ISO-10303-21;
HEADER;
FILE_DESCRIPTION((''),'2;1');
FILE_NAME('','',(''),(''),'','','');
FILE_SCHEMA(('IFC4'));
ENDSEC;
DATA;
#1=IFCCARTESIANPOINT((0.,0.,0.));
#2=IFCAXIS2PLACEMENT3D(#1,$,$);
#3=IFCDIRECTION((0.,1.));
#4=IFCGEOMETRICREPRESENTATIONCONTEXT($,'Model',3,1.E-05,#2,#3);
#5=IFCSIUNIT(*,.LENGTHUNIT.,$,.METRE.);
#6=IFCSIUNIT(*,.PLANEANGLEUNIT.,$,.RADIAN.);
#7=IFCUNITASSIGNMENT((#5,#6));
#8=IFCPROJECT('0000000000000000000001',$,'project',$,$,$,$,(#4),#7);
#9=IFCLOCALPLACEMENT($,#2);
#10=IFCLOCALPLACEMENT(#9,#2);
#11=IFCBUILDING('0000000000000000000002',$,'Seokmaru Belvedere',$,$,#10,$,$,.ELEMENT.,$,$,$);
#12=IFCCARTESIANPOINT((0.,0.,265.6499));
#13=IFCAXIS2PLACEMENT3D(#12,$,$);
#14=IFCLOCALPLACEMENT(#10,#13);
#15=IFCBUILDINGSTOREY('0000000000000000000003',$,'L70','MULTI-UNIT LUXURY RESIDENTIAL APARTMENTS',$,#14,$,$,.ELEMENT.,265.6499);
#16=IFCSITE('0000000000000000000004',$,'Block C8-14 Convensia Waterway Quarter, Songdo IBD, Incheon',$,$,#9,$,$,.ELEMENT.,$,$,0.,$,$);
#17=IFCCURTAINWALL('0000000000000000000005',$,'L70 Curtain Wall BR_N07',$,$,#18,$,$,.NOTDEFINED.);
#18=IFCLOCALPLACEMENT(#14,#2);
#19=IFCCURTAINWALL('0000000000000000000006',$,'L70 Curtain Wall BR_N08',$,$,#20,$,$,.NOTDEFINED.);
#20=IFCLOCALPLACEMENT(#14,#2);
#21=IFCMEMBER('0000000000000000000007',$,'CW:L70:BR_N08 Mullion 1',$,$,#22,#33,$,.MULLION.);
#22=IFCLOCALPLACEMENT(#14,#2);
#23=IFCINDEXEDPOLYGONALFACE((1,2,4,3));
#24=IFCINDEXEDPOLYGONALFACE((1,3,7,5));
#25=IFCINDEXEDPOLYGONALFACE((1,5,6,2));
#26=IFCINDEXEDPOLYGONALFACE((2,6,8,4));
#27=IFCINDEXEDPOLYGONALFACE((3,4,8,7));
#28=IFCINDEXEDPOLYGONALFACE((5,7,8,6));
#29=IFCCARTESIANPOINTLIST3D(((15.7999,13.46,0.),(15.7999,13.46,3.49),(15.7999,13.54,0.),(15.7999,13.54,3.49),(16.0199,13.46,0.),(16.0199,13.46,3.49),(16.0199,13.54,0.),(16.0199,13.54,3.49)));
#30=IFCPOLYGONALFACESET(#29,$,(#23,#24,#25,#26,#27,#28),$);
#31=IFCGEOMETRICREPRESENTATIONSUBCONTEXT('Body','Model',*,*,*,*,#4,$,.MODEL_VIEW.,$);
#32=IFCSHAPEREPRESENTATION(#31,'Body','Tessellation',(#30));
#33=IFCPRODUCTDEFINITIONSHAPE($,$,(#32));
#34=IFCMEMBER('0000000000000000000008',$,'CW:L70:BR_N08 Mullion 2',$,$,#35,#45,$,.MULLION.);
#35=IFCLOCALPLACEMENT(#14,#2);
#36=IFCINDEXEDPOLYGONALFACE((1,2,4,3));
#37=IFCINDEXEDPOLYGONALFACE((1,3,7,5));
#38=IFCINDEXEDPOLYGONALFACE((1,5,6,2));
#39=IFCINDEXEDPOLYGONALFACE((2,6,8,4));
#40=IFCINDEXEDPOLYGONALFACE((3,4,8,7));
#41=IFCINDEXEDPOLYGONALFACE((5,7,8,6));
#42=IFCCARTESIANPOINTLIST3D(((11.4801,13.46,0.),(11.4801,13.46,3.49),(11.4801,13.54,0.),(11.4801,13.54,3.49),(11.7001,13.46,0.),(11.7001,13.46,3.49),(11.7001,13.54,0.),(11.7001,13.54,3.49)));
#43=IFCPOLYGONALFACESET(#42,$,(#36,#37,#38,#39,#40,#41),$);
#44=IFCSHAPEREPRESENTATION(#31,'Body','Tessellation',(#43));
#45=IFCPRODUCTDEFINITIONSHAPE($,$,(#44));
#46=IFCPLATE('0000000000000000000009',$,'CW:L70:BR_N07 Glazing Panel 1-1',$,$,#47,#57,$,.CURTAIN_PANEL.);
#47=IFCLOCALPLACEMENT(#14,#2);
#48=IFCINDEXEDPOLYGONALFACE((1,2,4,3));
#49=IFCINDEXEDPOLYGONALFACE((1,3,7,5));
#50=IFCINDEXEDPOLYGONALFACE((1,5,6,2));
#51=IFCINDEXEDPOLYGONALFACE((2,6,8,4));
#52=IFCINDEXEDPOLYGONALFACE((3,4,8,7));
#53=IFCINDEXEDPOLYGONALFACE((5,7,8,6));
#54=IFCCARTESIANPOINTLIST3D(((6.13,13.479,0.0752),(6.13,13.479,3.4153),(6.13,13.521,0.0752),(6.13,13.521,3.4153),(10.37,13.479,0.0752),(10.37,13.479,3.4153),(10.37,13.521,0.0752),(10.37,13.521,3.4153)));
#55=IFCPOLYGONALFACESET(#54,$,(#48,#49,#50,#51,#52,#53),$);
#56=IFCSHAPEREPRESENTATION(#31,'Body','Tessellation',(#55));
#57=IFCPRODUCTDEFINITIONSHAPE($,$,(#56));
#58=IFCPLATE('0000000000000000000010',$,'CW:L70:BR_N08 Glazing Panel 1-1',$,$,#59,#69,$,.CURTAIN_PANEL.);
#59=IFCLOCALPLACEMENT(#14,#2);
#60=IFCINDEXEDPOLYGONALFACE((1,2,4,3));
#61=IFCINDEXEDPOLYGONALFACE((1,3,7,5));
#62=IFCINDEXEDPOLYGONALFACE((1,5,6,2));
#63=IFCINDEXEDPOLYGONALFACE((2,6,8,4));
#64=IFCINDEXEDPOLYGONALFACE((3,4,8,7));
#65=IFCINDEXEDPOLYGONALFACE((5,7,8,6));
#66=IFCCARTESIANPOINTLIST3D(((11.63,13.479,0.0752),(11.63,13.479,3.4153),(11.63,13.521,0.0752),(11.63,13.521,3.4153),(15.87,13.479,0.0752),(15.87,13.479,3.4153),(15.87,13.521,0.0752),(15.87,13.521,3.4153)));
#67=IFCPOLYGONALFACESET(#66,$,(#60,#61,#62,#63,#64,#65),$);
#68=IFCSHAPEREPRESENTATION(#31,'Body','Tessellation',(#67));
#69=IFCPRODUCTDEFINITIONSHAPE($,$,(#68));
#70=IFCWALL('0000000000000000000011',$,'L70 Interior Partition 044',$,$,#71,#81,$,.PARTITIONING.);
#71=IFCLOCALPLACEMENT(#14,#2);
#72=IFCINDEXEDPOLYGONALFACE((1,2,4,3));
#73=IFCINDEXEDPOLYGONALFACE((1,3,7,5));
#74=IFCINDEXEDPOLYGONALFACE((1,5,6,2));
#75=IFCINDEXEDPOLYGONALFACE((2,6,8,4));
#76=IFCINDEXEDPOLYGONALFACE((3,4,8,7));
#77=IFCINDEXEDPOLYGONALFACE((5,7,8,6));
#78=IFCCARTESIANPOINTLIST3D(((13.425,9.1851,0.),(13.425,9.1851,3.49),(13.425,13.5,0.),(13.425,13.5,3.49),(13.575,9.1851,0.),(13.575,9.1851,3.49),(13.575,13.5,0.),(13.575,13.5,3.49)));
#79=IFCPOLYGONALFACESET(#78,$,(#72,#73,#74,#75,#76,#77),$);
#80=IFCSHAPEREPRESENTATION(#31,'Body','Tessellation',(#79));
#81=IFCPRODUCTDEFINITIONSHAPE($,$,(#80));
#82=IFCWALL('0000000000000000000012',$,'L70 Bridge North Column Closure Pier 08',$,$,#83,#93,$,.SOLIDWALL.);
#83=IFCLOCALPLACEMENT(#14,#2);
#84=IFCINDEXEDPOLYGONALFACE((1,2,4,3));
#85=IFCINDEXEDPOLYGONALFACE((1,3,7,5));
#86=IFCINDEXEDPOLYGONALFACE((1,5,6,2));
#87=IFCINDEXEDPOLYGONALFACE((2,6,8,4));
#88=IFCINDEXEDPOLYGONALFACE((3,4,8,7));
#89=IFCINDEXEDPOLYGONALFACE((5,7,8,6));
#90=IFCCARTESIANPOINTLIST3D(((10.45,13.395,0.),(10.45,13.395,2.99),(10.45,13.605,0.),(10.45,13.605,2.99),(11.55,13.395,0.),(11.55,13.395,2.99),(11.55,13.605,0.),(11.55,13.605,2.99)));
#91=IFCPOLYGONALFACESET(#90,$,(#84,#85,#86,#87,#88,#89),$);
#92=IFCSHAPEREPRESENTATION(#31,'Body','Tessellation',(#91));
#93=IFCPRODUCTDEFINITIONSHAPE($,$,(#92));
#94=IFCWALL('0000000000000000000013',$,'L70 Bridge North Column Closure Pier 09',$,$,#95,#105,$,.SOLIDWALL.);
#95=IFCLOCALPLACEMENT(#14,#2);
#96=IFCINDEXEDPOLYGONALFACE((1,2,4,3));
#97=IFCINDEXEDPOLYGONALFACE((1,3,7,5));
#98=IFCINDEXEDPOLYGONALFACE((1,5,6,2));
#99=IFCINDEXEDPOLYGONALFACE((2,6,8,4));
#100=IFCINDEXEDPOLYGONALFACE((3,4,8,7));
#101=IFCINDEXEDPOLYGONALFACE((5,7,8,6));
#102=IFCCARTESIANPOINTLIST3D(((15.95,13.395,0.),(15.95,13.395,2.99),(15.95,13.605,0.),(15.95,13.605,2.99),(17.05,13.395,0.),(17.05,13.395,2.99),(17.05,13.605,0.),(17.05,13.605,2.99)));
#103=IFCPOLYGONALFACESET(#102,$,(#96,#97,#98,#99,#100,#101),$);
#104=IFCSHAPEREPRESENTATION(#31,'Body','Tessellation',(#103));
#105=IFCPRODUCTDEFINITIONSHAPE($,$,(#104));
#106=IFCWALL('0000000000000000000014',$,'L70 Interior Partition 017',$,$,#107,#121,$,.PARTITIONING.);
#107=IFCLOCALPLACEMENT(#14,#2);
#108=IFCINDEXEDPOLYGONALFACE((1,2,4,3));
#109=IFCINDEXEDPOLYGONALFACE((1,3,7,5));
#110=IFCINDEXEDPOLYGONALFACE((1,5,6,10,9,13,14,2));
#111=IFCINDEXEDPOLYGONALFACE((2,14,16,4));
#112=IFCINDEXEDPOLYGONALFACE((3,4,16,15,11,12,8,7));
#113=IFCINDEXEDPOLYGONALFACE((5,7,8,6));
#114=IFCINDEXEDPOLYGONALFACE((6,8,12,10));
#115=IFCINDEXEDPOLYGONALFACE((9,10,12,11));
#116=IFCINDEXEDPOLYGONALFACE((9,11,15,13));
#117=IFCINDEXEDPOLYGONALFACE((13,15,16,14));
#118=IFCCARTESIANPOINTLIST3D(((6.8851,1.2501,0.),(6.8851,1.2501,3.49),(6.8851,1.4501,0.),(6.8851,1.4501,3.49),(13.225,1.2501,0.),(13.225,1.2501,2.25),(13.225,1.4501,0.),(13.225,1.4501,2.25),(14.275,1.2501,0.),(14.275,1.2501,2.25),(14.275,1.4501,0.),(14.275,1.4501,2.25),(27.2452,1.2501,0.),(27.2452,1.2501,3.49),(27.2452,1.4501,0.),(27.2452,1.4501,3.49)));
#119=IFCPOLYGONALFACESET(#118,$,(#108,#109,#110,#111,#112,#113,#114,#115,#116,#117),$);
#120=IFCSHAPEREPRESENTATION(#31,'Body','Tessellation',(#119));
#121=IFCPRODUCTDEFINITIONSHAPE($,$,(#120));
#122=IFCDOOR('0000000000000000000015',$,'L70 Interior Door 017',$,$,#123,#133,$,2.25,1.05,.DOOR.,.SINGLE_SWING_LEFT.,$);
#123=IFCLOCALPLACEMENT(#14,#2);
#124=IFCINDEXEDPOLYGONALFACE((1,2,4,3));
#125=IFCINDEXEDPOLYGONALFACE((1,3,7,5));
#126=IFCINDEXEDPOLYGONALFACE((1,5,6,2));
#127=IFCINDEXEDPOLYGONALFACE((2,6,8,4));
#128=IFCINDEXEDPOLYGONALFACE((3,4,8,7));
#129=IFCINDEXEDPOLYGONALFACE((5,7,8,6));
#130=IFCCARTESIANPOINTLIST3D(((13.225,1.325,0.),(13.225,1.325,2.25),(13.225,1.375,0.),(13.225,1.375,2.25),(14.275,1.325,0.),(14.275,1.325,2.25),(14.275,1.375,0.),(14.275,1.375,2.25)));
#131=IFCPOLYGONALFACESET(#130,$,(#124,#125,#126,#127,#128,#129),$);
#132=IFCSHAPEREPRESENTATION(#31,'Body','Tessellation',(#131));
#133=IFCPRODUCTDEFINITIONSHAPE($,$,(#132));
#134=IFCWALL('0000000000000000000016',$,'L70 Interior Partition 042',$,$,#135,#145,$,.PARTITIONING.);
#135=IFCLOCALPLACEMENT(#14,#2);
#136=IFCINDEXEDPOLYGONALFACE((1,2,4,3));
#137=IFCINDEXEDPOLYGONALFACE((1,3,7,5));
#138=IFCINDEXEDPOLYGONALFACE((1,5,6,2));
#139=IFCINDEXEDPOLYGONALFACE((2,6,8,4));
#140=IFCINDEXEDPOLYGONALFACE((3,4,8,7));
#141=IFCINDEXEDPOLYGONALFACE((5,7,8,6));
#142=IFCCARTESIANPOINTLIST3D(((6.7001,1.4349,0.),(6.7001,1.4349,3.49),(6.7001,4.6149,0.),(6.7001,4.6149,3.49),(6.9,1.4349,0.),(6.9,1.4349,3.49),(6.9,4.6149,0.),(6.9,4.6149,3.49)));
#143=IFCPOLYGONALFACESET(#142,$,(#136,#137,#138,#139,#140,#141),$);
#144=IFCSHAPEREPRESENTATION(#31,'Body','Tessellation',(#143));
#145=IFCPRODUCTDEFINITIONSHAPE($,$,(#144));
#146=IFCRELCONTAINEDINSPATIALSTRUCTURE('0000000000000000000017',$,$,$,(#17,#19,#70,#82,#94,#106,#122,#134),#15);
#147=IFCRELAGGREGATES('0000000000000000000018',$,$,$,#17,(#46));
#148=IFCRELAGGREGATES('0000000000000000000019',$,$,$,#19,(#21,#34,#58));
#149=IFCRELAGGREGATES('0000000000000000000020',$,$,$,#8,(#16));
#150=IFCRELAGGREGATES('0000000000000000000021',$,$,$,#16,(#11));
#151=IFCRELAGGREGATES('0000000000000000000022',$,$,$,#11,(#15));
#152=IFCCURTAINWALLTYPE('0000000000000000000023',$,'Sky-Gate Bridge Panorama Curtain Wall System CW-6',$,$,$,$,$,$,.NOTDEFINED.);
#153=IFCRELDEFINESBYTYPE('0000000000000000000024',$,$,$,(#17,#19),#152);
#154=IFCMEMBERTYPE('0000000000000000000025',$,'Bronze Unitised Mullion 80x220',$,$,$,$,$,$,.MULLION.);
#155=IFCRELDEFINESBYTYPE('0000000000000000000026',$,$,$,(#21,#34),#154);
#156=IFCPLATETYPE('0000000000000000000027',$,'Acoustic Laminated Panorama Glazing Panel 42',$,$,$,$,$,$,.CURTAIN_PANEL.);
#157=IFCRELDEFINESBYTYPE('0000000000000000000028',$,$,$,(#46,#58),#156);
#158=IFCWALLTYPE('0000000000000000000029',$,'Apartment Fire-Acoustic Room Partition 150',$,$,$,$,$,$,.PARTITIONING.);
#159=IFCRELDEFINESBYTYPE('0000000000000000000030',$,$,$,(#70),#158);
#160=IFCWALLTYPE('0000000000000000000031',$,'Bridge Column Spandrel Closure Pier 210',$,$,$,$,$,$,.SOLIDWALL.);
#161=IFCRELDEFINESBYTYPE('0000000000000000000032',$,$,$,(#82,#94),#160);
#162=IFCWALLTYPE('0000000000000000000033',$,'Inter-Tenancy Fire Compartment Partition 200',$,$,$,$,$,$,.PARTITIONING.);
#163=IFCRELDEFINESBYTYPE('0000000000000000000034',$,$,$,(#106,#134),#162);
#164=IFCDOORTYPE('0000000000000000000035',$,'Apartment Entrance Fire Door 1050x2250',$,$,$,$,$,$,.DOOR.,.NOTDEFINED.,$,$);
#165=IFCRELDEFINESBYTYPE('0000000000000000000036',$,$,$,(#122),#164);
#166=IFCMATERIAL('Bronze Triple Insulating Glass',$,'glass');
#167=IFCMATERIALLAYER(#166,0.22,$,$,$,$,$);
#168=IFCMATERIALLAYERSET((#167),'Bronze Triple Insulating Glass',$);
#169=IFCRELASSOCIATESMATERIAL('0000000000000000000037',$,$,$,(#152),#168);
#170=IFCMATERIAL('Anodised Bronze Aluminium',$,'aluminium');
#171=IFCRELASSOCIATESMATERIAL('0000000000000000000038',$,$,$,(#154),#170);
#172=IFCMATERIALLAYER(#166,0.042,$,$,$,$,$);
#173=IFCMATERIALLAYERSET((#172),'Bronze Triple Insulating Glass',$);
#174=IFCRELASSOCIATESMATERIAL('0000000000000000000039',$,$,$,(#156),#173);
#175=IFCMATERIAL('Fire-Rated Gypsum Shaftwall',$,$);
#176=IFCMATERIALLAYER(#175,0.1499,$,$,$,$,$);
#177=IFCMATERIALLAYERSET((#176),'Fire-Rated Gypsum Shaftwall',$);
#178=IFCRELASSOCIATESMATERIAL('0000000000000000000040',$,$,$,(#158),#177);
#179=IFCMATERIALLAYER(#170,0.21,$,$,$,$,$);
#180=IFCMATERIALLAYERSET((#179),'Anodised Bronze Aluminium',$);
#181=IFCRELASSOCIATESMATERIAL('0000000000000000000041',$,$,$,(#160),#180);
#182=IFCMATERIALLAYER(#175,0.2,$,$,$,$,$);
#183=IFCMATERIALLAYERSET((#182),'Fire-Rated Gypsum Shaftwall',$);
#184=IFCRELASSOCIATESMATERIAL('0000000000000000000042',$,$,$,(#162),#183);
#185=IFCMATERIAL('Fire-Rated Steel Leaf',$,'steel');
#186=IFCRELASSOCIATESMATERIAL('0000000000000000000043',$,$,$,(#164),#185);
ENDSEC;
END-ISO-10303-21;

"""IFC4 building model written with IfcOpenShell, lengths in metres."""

from ifc_helpers import new_model, si_unit, direction, frame, frame_2d, origin, origin_2d, place, context, subcontext, project, spatial, rectangle, extrude, source, transform, mapped, material, layer, layer_set, material_profile, profile_set, type_object, type_shapes, element, fill, aggregate, save


model = new_model("IFC4")

# Units and contexts
model_context = context("Model", 3, precision=1e-05, world=origin(), true_north=direction((0.0, 1.0)))
body_context = subcontext(model_context, "Body", "Model", "MODEL_VIEW")
ifc_project = project(units=[si_unit("LENGTHUNIT", "METRE"), si_unit("PLANEANGLEUNIT", "RADIAN")], contexts=[model_context])

# Site, building, storey
site_placement = place(None, origin())
site = spatial("IfcSite", under=ifc_project, at=site_placement, Name="Block C8-14 Convensia Waterway Quarter, Songdo IBD, Incheon", CompositionType="ELEMENT", RefElevation=0.0)
building_placement = place(site_placement, origin())
building = spatial("IfcBuilding", under=site, at=building_placement, Name="Seokmaru Belvedere", CompositionType="ELEMENT")
storey_placement = place(building_placement, frame((0.0, 0.0, 265.6499)))
storey = spatial("IfcBuildingStorey", under=building, at=storey_placement, Name="L70", Description="MULTI-UNIT LUXURY RESIDENTIAL APARTMENTS", CompositionType="ELEMENT", Elevation=265.6499)

# Curtain walls
ifc_material_1 = material(Name="Bronze Triple Insulating Glass", Category="glass")
ifc_layer_1 = layer(ifc_material_1, 0.22)
ifc_layer_set_1 = layer_set([ifc_layer_1], Name="Bronze Triple Insulating Glass")
curtain_wall_type = type_object("IfcCurtainWallType", Name="Sky-Gate Bridge Panorama Curtain Wall System CW-6", PredefinedType="NOTDEFINED", material=ifc_layer_set_1)
curtain_wall_1_placement = place(storey_placement, origin())
curtain_wall_1 = element("IfcCurtainWall", 1, at=curtain_wall_1_placement, inside=storey, type_object=curtain_wall_type, Name="L70 Curtain Wall BR_N07", PredefinedType="NOTDEFINED")
ifc_material_2 = material(Name="Anodised Bronze Aluminium", Category="aluminium")
curtain_wall_2_placement = place(storey_placement, origin())
curtain_wall_2 = element("IfcCurtainWall", 2, at=curtain_wall_2_placement, inside=storey, type_object=curtain_wall_type, Name="L70 Curtain Wall BR_N08", PredefinedType="NOTDEFINED")

# Members
ifc_material_profile_1 = material_profile(ifc_material_2, rectangle(XDim=0.0801, YDim=0.22, at=origin_2d()), Name="CW-M-80x220")
ifc_profile_set_1 = profile_set([ifc_material_profile_1], Name="Anodised Bronze Aluminium")
member_type_1 = type_object("IfcMemberType", Name="Bronze Unitised Mullion 80x220", PredefinedType="MULLION", material=ifc_profile_set_1)
shared_shape_1 = source(origin(), body_context, "Body", "SweptSolid", [
    extrude(rectangle(XDim=0.0801, YDim=0.22, at=origin_2d()), origin(), (0.0, 0.0, 1.0), 3.49),
])
type_shapes(member_type_1, [shared_shape_1])
member_1_placement = place(storey_placement, frame((15.9099, 13.5, 0.0), z_axis=(0.0, 0.0, 1.0), x_axis=(0.0, -1.0, 0.0)))
member_1 = element("IfcMember", 3, at=member_1_placement, type_object=member_type_1, Name="CW:L70:BR_N08 Mullion 1", PredefinedType="MULLION", context=body_context, shape_type="MappedRepresentation", body=[
    mapped(shared_shape_1, transform((0.0, 0.0, 0.0), scale=1.0)),
])
member_2_placement = place(storey_placement, frame((11.5901, 13.5, 0.0), z_axis=(0.0, 0.0, 1.0), x_axis=(0.0, -1.0, 0.0)))
member_2 = element("IfcMember", 4, at=member_2_placement, type_object=member_type_1, Name="CW:L70:BR_N08 Mullion 2", PredefinedType="MULLION", context=body_context, shape_type="MappedRepresentation", body=[
    mapped(shared_shape_1, transform((0.0, 0.0, 0.0), scale=1.0)),
])

# Plates
ifc_layer_2 = layer(ifc_material_1, 0.042)
ifc_layer_set_2 = layer_set([ifc_layer_2], Name="Bronze Triple Insulating Glass")
plate_type = type_object("IfcPlateType", Name="Acoustic Laminated Panorama Glazing Panel 42", PredefinedType="CURTAIN_PANEL", material=ifc_layer_set_2)
shared_shape_2 = source(origin(), body_context, "Body", "SweptSolid", [
    extrude(rectangle(XDim=4.24, YDim=0.042, at=origin_2d()), origin(), (0.0, 0.0, 1.0), 3.3401),
])
type_shapes(plate_type, [shared_shape_2])
plate_1_placement = place(storey_placement, frame((8.25, 13.5, 0.0752), z_axis=(0.0, 0.0, 1.0), x_axis=(-1.0, 0.0, 0.0)))
plate_1 = element("IfcPlate", 5, at=plate_1_placement, type_object=plate_type, Name="CW:L70:BR_N07 Glazing Panel 1-1", PredefinedType="CURTAIN_PANEL", context=body_context, shape_type="MappedRepresentation", body=[
    mapped(shared_shape_2, transform((0.0, 0.0, 0.0), scale=1.0)),
])
aggregate(curtain_wall_1, [plate_1])
plate_2_placement = place(storey_placement, frame((13.75, 13.5, 0.0752), z_axis=(0.0, 0.0, 1.0), x_axis=(-1.0, 0.0, 0.0)))
plate_2 = element("IfcPlate", 6, at=plate_2_placement, type_object=plate_type, Name="CW:L70:BR_N08 Glazing Panel 1-1", PredefinedType="CURTAIN_PANEL", context=body_context, shape_type="MappedRepresentation", body=[
    mapped(shared_shape_2, transform((0.0, 0.0, 0.0), scale=1.0)),
])
aggregate(curtain_wall_2, [member_1, member_2, plate_2])

# Walls
ifc_material_3 = material(Name="Fire-Rated Gypsum Shaftwall")
ifc_layer_3 = layer(ifc_material_3, 0.1499)
ifc_layer_set_3 = layer_set([ifc_layer_3], Name="Fire-Rated Gypsum Shaftwall")
wall_type_1 = type_object("IfcWallType", Name="Apartment Fire-Acoustic Room Partition 150", PredefinedType="PARTITIONING", material=ifc_layer_set_3)
wall_1_placement = place(storey_placement, frame((13.5, 9.1851, 0.0), z_axis=(0.0, 0.0, 1.0), x_axis=(0.0, 1.0, 0.0)))
element("IfcWall", 7, at=wall_1_placement, inside=storey, type_object=wall_type_1, Name="L70 Interior Partition 044", PredefinedType="PARTITIONING", context=body_context, shape_type="SweptSolid", body=[
    extrude(rectangle(XDim=4.3149, YDim=0.1499, at=frame_2d((2.1575, 0.0))), origin(), (0.0, 0.0, 1.0), 3.49),
])
ifc_layer_4 = layer(ifc_material_2, 0.21)
ifc_layer_set_4 = layer_set([ifc_layer_4], Name="Anodised Bronze Aluminium")
wall_type_2 = type_object("IfcWallType", Name="Bridge Column Spandrel Closure Pier 210", PredefinedType="SOLIDWALL", material=ifc_layer_set_4)
for number, where, z_axis, x_axis, name in (
    (8, (10.45, 13.5, 0.0), (0.0, 0.0, 1.0), (1.0, 0.0, 0.0), "L70 Bridge North Column Closure Pier 08"),
    (9, (15.95, 13.5, 0.0), (0.0, 0.0, 1.0), (1.0, 0.0, 0.0), "L70 Bridge North Column Closure Pier 09"),
):
    element("IfcWall", number, at=place(storey_placement, frame(where, z_axis=z_axis, x_axis=x_axis)), inside=storey, type_object=wall_type_2, Name=name, PredefinedType="SOLIDWALL", context=body_context, shape_type="SweptSolid", body=[
        extrude(rectangle(XDim=1.1001, YDim=0.21, at=frame_2d((0.55, 0.0))), origin(), (0.0, 0.0, 1.0), 2.99),
    ])

# Wall, opening, door
ifc_layer_5 = layer(ifc_material_3, 0.2)
ifc_layer_set_5 = layer_set([ifc_layer_5], Name="Fire-Rated Gypsum Shaftwall")
wall_type_3 = type_object("IfcWallType", Name="Inter-Tenancy Fire Compartment Partition 200", PredefinedType="PARTITIONING", material=ifc_layer_set_5)
wall_2_placement = place(storey_placement, frame((6.885, 1.3501, 0.0), z_axis=(0.0, 0.0, 1.0), x_axis=(1.0, 0.0, 0.0)))
wall_2 = element("IfcWall", 10, at=wall_2_placement, inside=storey, type_object=wall_type_3, Name="L70 Interior Partition 017", PredefinedType="PARTITIONING", context=body_context, shape_type="SweptSolid", body=[
    extrude(rectangle(XDim=20.3601, YDim=0.2, at=frame_2d((10.1802, 0.0))), origin(), (0.0, 0.0, 1.0), 3.49),
])
opening_placement = place(wall_2_placement, frame((6.3401, 0.0, 0.0)))
opening = element("IfcOpeningElement", 11, at=opening_placement, cuts=wall_2, PredefinedType="OPENING", context=body_context, shape_type="SweptSolid", body=[
    extrude(rectangle(XDim=1.05, YDim=2.25, at=frame_2d((0.5249, 1.125))), frame((0.0, 0.1099, 0.0), z_axis=(0.0, -1.0, 0.0), x_axis=(1.0, 0.0, 0.0)), (0.0, 0.0, 1.0), 0.22),
])
ifc_material_4 = material(Name="Fire-Rated Steel Leaf", Category="steel")
door_type = type_object("IfcDoorType", Name="Apartment Entrance Fire Door 1050x2250", OperationType="NOTDEFINED", PredefinedType="DOOR", material=ifc_material_4)
shared_shape_3 = source(origin(), body_context, "Body", "SweptSolid", [
    extrude(rectangle(XDim=1.05, YDim=2.25, at=frame_2d((0.5249, 1.125))), frame((0.0, 0.0249, 0.0), z_axis=(0.0, -1.0, 0.0), x_axis=(1.0, 0.0, 0.0)), (0.0, 0.0, 1.0), 0.05),
])
type_shapes(door_type, [shared_shape_3])
door_placement = place(opening_placement, origin())
door = element("IfcDoor", 12, at=door_placement, inside=storey, type_object=door_type, Name="L70 Interior Door 017", OperationType="SINGLE_SWING_LEFT", OverallHeight=2.25, OverallWidth=1.05, PredefinedType="DOOR", context=body_context, shape_type="MappedRepresentation", body=[
    mapped(shared_shape_3, transform((0.0, 0.0, 0.0), scale=1.0)),
])
fill(opening, door)

# Wall
wall_3_placement = place(storey_placement, frame((6.8, 1.4351, 0.0), z_axis=(0.0, 0.0, 1.0), x_axis=(0.0, 1.0, 0.0)))
element("IfcWall", 13, at=wall_3_placement, inside=storey, type_object=wall_type_3, Name="L70 Interior Partition 042", PredefinedType="PARTITIONING", context=body_context, shape_type="SweptSolid", body=[
    extrude(rectangle(XDim=3.1799, YDim=0.2, at=frame_2d((1.5898, 0.0))), origin(), (0.0, 0.0, 1.0), 3.49),
])

save(model, "model.ifc")
